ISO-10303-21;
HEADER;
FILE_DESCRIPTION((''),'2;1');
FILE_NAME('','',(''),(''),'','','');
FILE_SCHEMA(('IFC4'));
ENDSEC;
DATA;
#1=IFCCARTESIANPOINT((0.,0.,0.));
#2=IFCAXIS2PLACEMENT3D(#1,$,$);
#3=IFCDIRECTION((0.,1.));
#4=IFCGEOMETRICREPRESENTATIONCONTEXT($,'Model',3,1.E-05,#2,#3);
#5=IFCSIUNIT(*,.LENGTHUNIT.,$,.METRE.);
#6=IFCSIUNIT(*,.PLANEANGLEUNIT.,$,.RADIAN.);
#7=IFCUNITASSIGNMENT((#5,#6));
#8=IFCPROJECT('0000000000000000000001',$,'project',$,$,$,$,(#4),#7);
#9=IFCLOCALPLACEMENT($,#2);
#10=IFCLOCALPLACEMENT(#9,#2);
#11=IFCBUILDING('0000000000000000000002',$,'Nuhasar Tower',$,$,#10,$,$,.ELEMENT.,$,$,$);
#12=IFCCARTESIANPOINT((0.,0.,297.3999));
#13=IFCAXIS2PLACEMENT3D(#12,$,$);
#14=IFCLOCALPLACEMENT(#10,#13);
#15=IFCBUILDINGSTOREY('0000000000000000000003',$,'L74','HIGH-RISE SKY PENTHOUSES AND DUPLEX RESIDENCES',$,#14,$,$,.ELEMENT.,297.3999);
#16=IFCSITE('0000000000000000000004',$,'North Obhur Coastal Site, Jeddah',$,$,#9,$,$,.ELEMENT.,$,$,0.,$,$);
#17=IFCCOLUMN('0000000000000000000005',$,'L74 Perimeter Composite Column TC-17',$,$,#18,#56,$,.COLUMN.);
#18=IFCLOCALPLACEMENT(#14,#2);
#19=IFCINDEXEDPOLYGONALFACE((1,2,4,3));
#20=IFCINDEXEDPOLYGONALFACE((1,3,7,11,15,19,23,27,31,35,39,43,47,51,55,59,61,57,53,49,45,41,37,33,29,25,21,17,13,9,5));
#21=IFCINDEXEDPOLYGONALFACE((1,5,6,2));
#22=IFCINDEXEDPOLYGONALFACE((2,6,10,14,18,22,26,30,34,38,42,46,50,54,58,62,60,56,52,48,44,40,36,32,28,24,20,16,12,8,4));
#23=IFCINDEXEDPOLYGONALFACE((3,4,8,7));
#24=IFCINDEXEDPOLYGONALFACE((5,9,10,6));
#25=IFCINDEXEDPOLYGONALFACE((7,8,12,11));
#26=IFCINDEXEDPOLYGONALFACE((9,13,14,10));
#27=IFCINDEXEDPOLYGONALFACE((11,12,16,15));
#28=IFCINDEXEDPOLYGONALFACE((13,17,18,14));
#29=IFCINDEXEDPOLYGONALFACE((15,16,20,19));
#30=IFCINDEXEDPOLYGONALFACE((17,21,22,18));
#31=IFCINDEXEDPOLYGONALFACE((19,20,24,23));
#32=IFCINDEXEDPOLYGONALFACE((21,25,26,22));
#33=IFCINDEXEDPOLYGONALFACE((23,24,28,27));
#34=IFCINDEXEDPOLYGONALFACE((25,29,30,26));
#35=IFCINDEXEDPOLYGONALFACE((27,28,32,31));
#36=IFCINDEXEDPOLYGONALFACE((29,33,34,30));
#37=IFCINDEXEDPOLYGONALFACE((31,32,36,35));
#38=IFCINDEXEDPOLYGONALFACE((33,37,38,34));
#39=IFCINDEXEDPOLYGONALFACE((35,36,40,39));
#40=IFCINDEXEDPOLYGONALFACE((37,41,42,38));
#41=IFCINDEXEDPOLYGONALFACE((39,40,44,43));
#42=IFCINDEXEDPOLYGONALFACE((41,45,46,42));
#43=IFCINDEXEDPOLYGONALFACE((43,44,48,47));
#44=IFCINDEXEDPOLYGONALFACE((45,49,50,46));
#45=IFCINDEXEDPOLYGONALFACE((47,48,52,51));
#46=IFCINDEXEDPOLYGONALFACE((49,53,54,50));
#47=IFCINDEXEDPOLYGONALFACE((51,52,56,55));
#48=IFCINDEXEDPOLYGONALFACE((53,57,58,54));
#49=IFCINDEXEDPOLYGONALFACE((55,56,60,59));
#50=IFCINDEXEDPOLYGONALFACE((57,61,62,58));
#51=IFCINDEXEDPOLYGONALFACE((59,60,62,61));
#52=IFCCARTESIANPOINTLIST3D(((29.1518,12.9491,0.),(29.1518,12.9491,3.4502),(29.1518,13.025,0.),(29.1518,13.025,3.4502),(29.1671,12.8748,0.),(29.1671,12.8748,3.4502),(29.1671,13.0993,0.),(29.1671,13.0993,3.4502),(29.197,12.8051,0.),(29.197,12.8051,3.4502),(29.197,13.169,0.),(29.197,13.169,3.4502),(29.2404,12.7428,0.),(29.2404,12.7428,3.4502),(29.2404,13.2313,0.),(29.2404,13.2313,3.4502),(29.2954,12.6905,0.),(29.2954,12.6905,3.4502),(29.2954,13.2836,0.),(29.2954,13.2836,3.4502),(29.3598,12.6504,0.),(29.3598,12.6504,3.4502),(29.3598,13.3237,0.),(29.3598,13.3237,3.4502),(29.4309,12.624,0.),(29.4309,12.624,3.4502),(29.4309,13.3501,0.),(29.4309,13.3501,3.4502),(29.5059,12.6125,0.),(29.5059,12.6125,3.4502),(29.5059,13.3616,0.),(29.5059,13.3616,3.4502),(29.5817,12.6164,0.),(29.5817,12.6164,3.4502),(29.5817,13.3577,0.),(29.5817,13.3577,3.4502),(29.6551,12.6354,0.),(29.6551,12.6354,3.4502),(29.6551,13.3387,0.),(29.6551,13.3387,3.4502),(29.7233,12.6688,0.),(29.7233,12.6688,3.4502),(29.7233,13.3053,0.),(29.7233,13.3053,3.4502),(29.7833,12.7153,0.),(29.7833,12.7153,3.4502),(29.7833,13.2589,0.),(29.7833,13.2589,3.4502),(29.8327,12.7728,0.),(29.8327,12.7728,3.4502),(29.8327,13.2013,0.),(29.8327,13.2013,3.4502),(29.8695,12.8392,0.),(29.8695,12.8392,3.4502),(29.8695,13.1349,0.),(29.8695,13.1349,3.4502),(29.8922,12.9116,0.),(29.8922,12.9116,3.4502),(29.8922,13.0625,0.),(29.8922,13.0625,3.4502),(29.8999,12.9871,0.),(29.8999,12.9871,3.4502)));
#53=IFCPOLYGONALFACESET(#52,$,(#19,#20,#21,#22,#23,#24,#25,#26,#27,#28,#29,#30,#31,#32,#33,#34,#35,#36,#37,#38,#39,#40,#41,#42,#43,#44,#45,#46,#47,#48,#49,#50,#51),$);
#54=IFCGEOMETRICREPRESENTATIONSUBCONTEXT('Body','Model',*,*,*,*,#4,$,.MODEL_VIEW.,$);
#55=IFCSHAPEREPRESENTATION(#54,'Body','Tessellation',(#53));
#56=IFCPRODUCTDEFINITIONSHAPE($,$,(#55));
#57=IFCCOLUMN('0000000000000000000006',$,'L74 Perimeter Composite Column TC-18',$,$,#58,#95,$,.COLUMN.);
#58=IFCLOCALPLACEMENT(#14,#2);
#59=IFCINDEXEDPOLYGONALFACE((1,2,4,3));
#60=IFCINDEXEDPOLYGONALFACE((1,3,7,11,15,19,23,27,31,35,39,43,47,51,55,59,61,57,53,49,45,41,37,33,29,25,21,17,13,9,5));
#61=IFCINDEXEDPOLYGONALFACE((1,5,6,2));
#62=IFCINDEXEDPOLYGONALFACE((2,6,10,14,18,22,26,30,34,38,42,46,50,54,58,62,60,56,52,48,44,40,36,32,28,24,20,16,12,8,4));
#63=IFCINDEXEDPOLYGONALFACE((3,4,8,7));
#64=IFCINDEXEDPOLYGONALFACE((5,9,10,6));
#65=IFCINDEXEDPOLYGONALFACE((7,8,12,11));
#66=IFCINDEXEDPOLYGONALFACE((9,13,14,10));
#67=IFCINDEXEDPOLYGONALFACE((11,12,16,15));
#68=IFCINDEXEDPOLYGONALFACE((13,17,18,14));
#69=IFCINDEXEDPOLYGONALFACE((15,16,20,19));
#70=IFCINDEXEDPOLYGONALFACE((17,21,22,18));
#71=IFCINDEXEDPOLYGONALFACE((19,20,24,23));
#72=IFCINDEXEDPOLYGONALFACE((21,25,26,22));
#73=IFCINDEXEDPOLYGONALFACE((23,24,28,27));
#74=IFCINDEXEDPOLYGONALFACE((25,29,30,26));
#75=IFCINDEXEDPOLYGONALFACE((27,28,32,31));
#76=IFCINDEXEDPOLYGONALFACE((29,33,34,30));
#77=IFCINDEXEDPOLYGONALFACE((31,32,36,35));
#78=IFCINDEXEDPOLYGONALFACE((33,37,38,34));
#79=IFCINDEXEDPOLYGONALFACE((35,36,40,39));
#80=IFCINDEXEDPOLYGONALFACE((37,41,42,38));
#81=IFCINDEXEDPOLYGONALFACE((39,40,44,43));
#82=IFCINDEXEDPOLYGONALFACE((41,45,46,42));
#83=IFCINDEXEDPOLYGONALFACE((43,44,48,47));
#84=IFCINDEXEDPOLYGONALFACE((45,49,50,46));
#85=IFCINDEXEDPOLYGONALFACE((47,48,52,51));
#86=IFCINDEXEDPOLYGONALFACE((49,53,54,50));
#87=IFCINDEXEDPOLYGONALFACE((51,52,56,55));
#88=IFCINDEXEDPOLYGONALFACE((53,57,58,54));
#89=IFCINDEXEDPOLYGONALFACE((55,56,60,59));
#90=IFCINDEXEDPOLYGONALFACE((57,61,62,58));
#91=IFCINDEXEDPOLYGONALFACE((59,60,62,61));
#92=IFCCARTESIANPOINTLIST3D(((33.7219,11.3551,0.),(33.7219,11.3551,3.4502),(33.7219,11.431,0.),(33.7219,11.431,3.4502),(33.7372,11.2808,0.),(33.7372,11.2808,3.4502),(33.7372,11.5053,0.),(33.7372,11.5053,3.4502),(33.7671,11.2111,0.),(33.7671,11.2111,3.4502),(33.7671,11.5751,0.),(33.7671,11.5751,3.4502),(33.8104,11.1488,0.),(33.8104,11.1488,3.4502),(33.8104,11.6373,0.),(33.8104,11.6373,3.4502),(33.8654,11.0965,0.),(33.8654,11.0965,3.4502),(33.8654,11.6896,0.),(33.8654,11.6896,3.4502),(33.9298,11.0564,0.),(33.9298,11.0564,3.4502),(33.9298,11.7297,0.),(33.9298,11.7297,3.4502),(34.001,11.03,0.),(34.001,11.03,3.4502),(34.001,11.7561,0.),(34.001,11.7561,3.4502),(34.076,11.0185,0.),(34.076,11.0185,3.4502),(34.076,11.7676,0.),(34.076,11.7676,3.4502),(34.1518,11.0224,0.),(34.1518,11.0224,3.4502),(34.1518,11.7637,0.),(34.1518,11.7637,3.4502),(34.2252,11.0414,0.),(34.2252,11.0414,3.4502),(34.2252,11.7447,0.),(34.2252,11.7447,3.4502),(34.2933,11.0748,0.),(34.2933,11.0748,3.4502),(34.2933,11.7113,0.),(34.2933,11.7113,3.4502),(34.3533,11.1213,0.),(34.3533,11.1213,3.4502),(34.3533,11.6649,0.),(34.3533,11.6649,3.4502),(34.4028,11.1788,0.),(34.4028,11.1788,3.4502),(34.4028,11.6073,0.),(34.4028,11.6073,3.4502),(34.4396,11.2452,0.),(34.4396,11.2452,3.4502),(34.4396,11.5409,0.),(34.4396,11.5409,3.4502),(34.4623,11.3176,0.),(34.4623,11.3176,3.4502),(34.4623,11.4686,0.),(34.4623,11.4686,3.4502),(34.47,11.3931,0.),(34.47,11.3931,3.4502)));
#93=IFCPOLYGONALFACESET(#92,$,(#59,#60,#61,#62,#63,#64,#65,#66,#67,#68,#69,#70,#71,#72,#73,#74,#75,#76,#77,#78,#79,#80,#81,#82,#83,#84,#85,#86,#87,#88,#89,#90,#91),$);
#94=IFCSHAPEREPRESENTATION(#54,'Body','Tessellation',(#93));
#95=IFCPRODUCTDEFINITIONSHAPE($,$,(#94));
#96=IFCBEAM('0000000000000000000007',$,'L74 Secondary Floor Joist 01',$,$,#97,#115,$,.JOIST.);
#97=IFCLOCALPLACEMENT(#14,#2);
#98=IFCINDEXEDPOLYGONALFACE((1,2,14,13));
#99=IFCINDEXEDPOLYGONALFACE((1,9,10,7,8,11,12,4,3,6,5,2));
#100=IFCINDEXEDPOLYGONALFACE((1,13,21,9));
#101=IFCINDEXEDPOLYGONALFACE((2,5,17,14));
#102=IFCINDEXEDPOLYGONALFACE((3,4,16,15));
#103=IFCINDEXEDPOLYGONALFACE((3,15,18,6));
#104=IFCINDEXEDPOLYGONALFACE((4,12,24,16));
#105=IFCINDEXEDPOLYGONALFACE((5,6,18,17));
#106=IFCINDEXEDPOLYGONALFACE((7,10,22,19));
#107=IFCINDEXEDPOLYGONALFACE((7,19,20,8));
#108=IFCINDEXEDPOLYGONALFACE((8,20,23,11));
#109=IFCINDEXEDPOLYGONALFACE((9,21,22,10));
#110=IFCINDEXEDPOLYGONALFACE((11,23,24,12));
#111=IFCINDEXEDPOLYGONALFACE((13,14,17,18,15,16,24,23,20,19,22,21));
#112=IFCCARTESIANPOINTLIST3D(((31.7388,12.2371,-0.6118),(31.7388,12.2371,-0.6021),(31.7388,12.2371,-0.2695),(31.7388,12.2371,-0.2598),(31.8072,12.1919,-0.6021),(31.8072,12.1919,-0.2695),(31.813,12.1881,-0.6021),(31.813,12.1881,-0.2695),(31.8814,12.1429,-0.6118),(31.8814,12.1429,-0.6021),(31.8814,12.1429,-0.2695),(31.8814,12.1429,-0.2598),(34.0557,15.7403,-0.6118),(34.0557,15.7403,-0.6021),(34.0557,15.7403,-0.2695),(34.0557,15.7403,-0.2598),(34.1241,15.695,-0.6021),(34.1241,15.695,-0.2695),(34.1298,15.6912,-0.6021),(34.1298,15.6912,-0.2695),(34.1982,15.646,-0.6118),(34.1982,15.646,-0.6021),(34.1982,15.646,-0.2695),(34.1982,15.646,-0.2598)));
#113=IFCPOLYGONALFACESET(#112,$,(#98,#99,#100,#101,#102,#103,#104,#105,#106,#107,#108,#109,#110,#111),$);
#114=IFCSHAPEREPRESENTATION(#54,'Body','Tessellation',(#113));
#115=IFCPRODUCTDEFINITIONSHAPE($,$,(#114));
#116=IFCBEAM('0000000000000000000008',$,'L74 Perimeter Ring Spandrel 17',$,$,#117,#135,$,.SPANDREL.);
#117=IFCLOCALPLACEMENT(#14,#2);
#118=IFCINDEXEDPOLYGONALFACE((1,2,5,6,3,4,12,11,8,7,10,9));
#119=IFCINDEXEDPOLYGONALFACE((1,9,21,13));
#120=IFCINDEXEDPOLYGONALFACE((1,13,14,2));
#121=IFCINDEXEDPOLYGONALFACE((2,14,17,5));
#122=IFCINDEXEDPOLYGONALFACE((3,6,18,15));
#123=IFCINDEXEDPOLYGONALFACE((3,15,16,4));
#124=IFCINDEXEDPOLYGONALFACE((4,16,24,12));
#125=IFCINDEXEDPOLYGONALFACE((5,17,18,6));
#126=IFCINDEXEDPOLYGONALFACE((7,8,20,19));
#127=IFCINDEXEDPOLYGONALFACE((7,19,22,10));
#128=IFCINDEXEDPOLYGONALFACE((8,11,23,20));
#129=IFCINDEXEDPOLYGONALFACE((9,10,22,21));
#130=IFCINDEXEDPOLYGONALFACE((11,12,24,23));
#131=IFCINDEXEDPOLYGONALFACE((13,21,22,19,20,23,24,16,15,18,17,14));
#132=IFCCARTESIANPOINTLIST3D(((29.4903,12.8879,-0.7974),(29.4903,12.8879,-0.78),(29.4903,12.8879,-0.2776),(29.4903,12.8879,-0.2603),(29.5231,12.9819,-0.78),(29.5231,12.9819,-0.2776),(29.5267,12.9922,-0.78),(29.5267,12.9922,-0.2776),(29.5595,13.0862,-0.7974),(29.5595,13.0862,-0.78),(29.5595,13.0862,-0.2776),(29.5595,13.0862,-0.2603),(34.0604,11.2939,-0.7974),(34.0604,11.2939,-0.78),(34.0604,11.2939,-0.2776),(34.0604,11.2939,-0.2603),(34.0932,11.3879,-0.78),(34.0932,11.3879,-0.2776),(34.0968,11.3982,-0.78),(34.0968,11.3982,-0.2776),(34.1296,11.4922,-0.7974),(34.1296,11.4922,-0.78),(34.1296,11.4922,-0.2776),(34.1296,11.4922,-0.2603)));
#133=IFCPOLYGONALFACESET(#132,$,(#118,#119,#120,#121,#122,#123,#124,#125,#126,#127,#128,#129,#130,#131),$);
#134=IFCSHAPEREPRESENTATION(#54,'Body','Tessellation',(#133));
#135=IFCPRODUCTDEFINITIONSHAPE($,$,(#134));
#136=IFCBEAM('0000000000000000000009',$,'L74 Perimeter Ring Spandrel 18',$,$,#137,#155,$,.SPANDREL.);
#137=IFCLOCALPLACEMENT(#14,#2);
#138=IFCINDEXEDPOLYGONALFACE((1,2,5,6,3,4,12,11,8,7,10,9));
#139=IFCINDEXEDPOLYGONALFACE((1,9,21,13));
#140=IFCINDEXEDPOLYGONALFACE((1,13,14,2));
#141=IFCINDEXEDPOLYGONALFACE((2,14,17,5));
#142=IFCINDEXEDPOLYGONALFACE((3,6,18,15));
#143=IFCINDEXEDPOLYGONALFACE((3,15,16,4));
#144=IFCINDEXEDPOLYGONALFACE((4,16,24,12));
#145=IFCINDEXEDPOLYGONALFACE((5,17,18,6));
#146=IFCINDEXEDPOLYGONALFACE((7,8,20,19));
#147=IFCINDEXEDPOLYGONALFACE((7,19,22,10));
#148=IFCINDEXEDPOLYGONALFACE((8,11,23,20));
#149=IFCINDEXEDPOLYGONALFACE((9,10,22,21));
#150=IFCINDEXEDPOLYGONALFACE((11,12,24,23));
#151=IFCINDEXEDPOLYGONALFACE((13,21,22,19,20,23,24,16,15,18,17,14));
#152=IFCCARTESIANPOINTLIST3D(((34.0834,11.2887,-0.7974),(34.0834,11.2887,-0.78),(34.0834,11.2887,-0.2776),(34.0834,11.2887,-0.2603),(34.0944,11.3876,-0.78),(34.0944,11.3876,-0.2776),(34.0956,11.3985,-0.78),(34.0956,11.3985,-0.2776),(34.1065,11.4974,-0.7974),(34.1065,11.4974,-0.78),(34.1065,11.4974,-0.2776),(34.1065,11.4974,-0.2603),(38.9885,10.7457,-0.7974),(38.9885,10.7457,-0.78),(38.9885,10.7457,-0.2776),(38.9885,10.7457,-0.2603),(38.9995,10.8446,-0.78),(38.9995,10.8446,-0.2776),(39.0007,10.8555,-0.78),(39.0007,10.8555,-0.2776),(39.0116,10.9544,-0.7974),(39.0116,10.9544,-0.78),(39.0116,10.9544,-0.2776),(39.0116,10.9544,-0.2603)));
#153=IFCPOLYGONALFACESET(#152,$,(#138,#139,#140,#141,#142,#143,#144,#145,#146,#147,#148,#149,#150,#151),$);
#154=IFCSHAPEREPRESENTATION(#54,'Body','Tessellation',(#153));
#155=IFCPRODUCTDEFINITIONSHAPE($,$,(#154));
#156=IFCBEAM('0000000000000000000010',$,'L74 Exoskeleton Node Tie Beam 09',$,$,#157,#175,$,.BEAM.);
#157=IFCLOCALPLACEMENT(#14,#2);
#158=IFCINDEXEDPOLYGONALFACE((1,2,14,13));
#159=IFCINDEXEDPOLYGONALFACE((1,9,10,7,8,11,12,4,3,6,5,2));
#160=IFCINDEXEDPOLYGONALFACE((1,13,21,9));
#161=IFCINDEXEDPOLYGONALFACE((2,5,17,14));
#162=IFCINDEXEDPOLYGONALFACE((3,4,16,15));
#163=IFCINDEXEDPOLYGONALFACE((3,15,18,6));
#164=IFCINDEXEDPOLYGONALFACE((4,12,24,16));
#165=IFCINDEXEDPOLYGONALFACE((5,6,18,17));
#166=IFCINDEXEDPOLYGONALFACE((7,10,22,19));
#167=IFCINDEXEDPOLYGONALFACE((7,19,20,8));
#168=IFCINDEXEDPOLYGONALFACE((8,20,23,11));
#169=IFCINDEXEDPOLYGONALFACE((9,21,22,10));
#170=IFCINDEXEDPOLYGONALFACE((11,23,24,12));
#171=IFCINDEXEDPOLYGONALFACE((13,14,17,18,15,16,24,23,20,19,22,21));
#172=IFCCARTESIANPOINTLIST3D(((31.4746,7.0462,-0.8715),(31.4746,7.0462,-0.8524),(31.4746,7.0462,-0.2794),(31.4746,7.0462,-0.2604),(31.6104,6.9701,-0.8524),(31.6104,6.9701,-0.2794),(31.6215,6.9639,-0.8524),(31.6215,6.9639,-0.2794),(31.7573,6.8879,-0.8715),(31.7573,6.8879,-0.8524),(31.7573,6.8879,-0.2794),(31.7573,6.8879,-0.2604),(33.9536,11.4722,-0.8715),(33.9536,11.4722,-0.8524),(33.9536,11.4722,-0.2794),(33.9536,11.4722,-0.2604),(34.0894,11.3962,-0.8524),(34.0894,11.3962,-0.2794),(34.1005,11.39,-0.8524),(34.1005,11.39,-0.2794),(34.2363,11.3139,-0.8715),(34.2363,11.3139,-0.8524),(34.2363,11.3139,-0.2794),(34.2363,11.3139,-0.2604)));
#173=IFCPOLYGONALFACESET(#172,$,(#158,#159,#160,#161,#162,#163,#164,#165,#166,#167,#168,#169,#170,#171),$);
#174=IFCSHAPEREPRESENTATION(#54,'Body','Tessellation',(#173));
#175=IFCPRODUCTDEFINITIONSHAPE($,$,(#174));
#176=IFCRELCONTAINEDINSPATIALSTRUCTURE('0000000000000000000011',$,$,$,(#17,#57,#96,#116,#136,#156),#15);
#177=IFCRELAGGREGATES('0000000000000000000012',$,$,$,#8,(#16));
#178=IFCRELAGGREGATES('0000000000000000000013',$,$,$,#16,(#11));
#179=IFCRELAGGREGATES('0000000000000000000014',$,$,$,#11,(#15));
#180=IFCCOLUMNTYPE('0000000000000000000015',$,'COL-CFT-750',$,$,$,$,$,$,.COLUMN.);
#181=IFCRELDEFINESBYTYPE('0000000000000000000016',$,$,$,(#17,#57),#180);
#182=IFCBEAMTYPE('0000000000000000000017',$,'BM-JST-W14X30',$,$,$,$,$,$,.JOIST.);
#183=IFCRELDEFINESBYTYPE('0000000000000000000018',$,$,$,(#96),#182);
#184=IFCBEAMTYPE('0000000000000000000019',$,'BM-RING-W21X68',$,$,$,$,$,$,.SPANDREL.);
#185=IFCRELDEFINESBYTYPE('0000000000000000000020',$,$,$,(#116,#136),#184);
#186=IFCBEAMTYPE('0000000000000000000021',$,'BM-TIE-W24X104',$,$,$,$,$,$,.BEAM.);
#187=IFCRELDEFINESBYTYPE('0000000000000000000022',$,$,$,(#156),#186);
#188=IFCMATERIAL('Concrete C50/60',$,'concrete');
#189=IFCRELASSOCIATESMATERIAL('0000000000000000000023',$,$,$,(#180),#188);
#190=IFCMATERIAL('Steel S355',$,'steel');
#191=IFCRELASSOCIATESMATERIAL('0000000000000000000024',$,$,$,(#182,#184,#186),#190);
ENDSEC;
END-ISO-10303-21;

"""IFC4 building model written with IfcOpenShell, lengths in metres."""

from ifc_helpers import new_model, si_unit, direction, frame, origin, origin_2d, place, context, subcontext, project, spatial, circle, i_section, extrude, material, material_profile, profile_set, type_object, element, save


model = new_model("IFC4")

# Units and contexts
model_context = context("Model", 3, precision=1e-05, world=origin(), true_north=direction((0.0, 1.0)))
body_context = subcontext(model_context, "Body", "Model", "MODEL_VIEW")
ifc_project = project(units=[si_unit("LENGTHUNIT", "METRE"), si_unit("PLANEANGLEUNIT", "RADIAN")], contexts=[model_context])

# Site, building, storey
site_placement = place(None, origin())
site = spatial("IfcSite", under=ifc_project, at=site_placement, Name="North Obhur Coastal Site, Jeddah", CompositionType="ELEMENT", RefElevation=0.0)
building_placement = place(site_placement, origin())
building = spatial("IfcBuilding", under=site, at=building_placement, Name="Nuhasar Tower", CompositionType="ELEMENT")
storey_placement = place(building_placement, frame((0.0, 0.0, 297.3999)))
storey = spatial("IfcBuildingStorey", under=building, at=storey_placement, Name="L74", Description="HIGH-RISE SKY PENTHOUSES AND DUPLEX RESIDENCES", CompositionType="ELEMENT", Elevation=297.3999)

# Columns
ifc_material_1 = material(Name="Concrete C50/60", Category="concrete")
ifc_material_profile_1 = material_profile(ifc_material_1, circle(Radius=0.375, at=origin_2d()), Name="CFT750")
ifc_profile_set_1 = profile_set([ifc_material_profile_1], Name="Concrete C50/60")
column_type = type_object("IfcColumnType", Name="COL-CFT-750", PredefinedType="COLUMN", material=ifc_profile_set_1)
for number, where, z_axis, x_axis, name in (
    (1, (29.5249, 12.9871, 0.0), (0.0, 0.0, 1.0), (1.0, 0.0, 0.0), "L74 Perimeter Composite Column TC-17"),
    (2, (34.095, 11.3931, 0.0), (0.0, 0.0, 1.0), (1.0, 0.0, 0.0), "L74 Perimeter Composite Column TC-18"),
):
    element("IfcColumn", number, at=place(storey_placement, frame(where, z_axis=z_axis, x_axis=x_axis)), inside=storey, type_object=column_type, Name=name, PredefinedType="COLUMN", context=body_context, shape_type="SweptSolid", body=[
        extrude(circle(Radius=0.375, at=origin_2d()), origin(), (0.0, 0.0, 1.0), 3.4502),
    ])

# Beams
ifc_material_2 = material(Name="Steel S355", Category="steel")
ifc_material_profile_2 = material_profile(ifc_material_2, i_section(OverallWidth=0.1709, OverallDepth=0.3521, WebThickness=0.0068, FlangeThickness=0.0098, at=origin_2d()), Name="W14X30")
ifc_profile_set_2 = profile_set([ifc_material_profile_2], Name="Steel S355")
beam_type_1 = type_object("IfcBeamType", Name="BM-JST-W14X30", PredefinedType="JOIST", material=ifc_profile_set_2)
beam_1_placement = place(storey_placement, frame((34.127, 15.6931, -0.4358), z_axis=(-0.551638, -0.834084, 0.0), x_axis=(0.834084, -0.551638, 0.0)))
element("IfcBeam", 3, at=beam_1_placement, inside=storey, type_object=beam_type_1, Name="L74 Secondary Floor Joist 01", PredefinedType="JOIST", context=body_context, shape_type="SweptSolid", body=[
    extrude(i_section(OverallWidth=0.1709, OverallDepth=0.3521, WebThickness=0.0068, FlangeThickness=0.0098, at=origin_2d()), origin(), (0.0, 0.0, 1.0), 4.2),
])
ifc_material_profile_3 = material_profile(ifc_material_2, i_section(OverallWidth=0.21, OverallDepth=0.5371, WebThickness=0.011, FlangeThickness=0.0173, at=origin_2d()), Name="W21X68")
ifc_profile_set_3 = profile_set([ifc_material_profile_3], Name="Steel S355")
beam_type_2 = type_object("IfcBeamType", Name="BM-RING-W21X68", PredefinedType="SPANDREL", material=ifc_profile_set_3)
beam_2_placement = place(storey_placement, frame((29.5249, 12.9871, -0.5288), z_axis=(0.944214, -0.329332, 0.0), x_axis=(0.329332, 0.944214, 0.0)))
element("IfcBeam", 4, at=beam_2_placement, inside=storey, type_object=beam_type_2, Name="L74 Perimeter Ring Spandrel 17", PredefinedType="SPANDREL", context=body_context, shape_type="SweptSolid", body=[
    extrude(i_section(OverallWidth=0.21, OverallDepth=0.5371, WebThickness=0.011, FlangeThickness=0.0173, at=origin_2d()), origin(), (0.0, 0.0, 1.0), 4.8401),
])
beam_3_placement = place(storey_placement, frame((34.095, 11.3931, -0.5288), z_axis=(0.993929, -0.110024, 0.0), x_axis=(0.110024, 0.993929, 0.0)))
element("IfcBeam", 5, at=beam_3_placement, inside=storey, type_object=beam_type_2, Name="L74 Perimeter Ring Spandrel 18", PredefinedType="SPANDREL", context=body_context, shape_type="SweptSolid", body=[
    extrude(i_section(OverallWidth=0.21, OverallDepth=0.5371, WebThickness=0.011, FlangeThickness=0.0173, at=origin_2d()), origin(), (0.0, 0.0, 1.0), 4.9351),
])
ifc_material_profile_4 = material_profile(ifc_material_2, i_section(OverallWidth=0.324, OverallDepth=0.6111, WebThickness=0.0127, FlangeThickness=0.019, at=origin_2d()), Name="W24X104")
ifc_profile_set_4 = profile_set([ifc_material_profile_4], Name="Steel S355")
beam_type_3 = type_object("IfcBeamType", Name="BM-TIE-W24X104", PredefinedType="BEAM", material=ifc_profile_set_4)
beam_4_placement = place(storey_placement, frame((34.095, 11.3931, -0.5659), z_axis=(-0.488668, -0.87247, 0.0), x_axis=(0.87247, -0.488668, 0.0)))
element("IfcBeam", 6, at=beam_4_placement, inside=storey, type_object=beam_type_3, Name="L74 Exoskeleton Node Tie Beam 09", PredefinedType="BEAM", context=body_context, shape_type="SweptSolid", body=[
    extrude(i_section(OverallWidth=0.324, OverallDepth=0.6111, WebThickness=0.0127, FlangeThickness=0.019, at=origin_2d()), origin(), (0.0, 0.0, 1.0), 5.073),
])

save(model, "model.ifc")
